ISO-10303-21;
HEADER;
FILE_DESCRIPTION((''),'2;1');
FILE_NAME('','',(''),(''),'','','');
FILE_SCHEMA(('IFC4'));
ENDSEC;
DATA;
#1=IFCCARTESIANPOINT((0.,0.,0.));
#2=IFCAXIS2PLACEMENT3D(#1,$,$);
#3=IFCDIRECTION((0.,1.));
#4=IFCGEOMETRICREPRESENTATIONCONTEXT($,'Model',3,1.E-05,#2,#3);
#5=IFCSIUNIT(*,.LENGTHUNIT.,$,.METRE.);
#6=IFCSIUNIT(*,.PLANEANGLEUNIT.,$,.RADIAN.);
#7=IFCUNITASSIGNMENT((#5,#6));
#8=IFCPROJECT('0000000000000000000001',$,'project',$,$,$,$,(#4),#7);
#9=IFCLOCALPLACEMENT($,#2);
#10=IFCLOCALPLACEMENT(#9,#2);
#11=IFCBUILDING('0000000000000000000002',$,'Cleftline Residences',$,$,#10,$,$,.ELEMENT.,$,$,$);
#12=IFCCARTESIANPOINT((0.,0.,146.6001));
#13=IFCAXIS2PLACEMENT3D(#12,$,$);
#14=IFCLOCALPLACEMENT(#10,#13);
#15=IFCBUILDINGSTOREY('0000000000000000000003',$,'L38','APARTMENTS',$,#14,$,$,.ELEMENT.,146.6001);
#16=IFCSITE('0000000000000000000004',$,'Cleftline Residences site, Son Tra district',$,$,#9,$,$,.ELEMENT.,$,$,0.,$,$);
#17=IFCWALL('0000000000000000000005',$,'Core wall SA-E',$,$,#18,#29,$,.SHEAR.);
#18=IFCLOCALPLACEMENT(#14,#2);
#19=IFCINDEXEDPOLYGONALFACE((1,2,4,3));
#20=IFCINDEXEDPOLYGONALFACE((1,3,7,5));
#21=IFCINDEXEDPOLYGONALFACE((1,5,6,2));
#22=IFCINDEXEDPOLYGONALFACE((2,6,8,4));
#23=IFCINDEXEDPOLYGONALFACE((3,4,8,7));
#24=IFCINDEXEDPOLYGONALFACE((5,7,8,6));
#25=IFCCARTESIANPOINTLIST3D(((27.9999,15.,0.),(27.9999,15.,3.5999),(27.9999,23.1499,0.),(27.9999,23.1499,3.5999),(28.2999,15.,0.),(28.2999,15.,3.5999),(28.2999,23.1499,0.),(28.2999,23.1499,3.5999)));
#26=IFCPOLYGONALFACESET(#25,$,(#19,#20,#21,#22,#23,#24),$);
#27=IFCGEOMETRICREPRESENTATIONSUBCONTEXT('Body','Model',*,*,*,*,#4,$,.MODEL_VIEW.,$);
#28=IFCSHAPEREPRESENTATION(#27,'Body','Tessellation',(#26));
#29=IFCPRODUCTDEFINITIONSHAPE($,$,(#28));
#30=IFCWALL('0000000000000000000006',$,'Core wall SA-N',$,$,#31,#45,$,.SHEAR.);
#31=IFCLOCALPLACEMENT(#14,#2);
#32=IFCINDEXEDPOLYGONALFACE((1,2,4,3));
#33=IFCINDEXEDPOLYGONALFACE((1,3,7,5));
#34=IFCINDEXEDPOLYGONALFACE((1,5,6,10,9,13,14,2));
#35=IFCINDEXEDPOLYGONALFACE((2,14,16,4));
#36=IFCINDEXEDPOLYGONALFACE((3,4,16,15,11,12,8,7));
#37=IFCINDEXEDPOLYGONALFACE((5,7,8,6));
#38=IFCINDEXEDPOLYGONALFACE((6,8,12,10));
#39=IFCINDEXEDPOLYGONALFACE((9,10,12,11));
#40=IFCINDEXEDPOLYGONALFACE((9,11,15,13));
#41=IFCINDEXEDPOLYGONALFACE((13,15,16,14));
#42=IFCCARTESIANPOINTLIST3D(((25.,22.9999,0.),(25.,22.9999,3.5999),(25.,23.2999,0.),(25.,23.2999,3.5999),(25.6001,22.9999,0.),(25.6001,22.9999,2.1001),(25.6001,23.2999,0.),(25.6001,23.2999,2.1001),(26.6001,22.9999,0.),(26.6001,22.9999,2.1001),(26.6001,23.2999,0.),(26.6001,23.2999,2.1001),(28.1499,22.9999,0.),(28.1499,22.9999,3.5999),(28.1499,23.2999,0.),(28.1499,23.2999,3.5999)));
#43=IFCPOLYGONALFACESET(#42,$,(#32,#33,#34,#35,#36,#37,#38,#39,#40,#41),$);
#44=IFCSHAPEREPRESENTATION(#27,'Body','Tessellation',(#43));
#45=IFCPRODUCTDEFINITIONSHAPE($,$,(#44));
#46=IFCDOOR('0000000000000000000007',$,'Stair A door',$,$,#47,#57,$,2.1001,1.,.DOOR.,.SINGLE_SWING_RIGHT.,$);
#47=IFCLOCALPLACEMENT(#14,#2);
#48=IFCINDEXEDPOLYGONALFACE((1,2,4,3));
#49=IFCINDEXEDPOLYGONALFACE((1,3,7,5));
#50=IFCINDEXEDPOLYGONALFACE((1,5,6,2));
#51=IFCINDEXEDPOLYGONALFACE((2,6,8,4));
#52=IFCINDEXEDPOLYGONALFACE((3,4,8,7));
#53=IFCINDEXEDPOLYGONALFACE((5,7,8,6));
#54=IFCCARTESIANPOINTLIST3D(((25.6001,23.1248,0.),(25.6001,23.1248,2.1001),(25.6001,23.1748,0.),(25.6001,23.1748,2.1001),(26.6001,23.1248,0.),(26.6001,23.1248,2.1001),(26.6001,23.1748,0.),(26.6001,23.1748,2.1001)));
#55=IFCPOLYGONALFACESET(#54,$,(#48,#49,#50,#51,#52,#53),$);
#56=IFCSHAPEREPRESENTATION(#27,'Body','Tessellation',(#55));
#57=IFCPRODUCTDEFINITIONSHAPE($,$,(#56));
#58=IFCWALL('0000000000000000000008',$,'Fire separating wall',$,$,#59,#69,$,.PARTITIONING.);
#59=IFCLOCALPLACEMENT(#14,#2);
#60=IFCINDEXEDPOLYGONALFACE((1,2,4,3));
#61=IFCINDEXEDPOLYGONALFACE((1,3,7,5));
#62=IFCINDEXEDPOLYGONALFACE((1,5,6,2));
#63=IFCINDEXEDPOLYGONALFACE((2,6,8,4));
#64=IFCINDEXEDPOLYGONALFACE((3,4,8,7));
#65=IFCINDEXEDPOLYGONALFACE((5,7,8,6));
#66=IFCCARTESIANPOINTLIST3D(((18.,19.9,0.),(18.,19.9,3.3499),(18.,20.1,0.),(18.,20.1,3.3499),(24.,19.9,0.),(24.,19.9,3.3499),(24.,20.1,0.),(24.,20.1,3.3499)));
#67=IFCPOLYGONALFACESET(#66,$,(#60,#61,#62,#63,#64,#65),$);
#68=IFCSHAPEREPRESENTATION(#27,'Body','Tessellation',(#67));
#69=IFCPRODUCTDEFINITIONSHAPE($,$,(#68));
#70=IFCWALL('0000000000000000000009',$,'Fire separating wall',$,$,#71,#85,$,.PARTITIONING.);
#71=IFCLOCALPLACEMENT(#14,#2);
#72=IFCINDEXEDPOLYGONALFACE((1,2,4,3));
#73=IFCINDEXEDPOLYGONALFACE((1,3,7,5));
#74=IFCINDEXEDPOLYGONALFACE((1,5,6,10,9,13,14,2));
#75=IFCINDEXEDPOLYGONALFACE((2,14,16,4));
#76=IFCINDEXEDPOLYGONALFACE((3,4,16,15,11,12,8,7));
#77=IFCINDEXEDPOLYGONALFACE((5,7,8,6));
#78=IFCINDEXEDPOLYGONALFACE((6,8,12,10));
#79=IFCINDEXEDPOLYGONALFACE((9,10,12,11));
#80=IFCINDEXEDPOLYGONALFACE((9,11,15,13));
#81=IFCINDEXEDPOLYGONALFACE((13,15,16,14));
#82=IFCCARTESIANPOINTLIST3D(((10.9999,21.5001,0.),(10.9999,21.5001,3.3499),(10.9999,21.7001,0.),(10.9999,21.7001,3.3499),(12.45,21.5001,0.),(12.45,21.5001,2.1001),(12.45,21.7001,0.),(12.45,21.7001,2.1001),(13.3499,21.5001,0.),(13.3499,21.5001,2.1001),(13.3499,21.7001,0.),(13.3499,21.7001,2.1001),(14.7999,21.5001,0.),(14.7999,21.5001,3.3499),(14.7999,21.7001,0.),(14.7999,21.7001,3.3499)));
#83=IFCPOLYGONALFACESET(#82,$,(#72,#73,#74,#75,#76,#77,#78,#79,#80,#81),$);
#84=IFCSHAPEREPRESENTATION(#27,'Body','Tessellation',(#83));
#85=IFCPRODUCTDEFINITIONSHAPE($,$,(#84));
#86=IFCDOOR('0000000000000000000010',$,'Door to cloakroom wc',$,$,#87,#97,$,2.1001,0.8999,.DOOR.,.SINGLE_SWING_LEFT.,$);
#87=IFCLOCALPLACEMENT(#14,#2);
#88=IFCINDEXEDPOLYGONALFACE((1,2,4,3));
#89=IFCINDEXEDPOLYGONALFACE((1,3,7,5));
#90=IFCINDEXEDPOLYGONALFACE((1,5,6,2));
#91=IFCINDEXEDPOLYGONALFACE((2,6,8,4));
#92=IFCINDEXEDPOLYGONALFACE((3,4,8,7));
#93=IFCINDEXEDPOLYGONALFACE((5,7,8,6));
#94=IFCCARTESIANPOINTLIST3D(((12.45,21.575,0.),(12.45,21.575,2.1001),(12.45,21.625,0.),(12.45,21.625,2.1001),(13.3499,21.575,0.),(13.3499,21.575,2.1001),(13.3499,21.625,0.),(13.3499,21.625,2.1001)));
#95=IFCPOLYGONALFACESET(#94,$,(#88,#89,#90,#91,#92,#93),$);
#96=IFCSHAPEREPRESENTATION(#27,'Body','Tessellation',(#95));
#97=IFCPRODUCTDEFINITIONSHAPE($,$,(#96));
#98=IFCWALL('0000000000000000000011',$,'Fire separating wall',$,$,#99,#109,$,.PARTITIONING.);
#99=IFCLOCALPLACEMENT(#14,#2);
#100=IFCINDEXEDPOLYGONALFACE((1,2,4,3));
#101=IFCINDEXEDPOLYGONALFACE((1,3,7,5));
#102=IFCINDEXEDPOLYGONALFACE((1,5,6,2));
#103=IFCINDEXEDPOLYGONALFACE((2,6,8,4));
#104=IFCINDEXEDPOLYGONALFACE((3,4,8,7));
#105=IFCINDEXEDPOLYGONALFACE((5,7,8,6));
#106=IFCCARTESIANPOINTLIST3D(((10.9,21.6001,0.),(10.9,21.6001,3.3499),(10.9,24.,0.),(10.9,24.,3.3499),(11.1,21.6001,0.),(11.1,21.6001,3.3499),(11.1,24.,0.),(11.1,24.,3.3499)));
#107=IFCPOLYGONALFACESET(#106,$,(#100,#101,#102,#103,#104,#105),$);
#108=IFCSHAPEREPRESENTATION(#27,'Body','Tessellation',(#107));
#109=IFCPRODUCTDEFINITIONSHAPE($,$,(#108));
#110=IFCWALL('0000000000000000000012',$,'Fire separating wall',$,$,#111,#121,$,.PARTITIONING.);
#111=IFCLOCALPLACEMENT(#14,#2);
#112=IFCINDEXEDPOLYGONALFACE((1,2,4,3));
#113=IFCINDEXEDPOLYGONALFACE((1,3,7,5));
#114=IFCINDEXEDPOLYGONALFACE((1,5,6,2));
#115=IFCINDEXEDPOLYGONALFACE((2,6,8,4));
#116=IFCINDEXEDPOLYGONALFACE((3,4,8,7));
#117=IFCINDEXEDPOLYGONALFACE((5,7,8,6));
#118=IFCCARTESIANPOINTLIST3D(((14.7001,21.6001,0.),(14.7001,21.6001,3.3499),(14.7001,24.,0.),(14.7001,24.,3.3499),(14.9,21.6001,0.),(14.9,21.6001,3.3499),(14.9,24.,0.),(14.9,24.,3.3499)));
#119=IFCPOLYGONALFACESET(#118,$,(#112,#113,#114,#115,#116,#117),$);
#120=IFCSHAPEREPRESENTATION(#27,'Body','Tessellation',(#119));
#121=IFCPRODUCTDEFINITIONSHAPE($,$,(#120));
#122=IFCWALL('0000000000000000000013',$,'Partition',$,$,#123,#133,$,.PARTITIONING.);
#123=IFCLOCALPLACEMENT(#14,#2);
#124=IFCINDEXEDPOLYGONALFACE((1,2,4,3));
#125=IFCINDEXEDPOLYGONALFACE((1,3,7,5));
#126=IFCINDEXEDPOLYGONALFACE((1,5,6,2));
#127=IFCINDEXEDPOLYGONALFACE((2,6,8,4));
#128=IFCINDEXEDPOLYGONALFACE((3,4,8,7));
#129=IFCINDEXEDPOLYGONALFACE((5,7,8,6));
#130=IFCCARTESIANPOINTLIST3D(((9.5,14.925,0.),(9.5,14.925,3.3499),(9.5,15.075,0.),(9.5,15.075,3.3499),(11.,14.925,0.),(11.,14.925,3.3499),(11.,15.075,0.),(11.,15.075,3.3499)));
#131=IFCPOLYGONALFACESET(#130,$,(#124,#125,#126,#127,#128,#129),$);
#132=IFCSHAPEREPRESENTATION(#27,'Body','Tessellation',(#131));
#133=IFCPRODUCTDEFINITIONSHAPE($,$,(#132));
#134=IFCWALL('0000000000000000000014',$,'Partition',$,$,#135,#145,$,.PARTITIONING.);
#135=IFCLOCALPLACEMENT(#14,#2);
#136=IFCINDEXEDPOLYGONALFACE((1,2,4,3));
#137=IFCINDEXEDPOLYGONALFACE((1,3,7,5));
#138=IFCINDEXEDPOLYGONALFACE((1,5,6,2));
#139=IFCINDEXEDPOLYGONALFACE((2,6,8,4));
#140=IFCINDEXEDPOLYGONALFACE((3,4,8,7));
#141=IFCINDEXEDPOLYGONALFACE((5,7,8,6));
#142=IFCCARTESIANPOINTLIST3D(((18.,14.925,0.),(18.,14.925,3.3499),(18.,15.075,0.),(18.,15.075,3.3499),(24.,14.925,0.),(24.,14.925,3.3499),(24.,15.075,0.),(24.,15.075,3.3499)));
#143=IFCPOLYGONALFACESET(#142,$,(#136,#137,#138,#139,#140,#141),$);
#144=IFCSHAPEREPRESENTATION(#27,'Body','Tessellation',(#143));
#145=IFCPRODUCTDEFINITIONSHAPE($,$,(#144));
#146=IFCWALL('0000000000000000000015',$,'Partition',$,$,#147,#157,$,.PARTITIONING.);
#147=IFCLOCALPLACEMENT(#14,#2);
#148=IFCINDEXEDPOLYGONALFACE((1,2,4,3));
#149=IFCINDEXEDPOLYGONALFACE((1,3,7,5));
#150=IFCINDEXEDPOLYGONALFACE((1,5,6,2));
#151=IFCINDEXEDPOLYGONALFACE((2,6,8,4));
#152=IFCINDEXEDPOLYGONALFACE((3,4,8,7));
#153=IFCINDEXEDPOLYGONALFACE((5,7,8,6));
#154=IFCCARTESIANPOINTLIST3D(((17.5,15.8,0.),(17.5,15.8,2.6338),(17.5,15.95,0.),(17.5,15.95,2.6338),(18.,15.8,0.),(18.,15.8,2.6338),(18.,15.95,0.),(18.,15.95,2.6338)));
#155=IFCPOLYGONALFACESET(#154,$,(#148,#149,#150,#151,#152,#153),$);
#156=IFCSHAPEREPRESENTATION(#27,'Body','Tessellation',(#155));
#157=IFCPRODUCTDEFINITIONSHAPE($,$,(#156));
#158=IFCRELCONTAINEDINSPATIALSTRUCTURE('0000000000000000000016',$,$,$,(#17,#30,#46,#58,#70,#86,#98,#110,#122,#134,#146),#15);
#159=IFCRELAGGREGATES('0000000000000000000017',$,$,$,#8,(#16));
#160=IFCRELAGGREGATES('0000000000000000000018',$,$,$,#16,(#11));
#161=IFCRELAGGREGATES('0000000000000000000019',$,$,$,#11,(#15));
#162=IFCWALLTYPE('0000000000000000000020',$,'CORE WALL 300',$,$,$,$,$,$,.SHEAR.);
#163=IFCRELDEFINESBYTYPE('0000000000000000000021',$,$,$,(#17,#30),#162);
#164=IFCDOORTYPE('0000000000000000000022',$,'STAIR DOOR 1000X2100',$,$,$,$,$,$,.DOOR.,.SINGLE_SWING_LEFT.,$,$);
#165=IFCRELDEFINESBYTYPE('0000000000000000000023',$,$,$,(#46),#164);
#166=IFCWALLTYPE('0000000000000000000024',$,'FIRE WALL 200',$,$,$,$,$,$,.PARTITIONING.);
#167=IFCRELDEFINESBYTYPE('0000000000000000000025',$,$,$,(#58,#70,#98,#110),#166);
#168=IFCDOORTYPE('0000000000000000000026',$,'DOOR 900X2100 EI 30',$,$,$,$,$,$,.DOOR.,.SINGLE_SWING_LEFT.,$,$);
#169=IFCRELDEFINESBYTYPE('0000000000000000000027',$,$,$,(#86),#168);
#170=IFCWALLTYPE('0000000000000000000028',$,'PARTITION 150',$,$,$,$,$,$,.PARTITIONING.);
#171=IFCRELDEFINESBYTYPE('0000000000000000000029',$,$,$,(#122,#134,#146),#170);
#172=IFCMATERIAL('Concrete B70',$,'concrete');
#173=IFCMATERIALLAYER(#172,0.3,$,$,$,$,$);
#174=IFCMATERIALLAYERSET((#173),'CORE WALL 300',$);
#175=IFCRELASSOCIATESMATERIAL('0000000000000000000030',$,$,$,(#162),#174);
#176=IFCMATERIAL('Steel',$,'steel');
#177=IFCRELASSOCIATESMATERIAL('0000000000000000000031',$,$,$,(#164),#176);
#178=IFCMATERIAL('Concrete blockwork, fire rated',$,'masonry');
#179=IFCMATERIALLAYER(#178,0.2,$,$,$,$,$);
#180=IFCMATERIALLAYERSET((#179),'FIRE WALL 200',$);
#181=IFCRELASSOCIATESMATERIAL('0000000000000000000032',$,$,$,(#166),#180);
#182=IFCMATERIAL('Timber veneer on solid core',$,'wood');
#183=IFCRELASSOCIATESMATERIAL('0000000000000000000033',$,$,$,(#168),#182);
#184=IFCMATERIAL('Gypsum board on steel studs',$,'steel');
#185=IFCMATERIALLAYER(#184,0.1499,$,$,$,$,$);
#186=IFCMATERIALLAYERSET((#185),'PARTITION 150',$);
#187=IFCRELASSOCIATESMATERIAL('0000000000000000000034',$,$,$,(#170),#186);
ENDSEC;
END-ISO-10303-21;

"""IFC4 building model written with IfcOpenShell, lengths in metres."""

from ifc_helpers import new_model, si_unit, direction, frame, frame_2d, origin, place, context, subcontext, project, spatial, rectangle, extrude, material, layer, layer_set, type_object, element, fill, save


model = new_model("IFC4")

# Units and contexts
model_context = context("Model", 3, precision=1e-05, world=origin(), true_north=direction((0.0, 1.0)))
body_context = subcontext(model_context, "Body", "Model", "MODEL_VIEW")
ifc_project = project(units=[si_unit("LENGTHUNIT", "METRE"), si_unit("PLANEANGLEUNIT", "RADIAN")], contexts=[model_context])

# Site, building, storey
site_placement = place(None, origin())
site = spatial("IfcSite", under=ifc_project, at=site_placement, Name="Cleftline Residences site, Son Tra district", CompositionType="ELEMENT", RefElevation=0.0)
building_placement = place(site_placement, origin())
building = spatial("IfcBuilding", under=site, at=building_placement, Name="Cleftline Residences", CompositionType="ELEMENT")
storey_placement = place(building_placement, frame((0.0, 0.0, 146.6001)))
storey = spatial("IfcBuildingStorey", under=building, at=storey_placement, Name="L38", Description="APARTMENTS", CompositionType="ELEMENT", Elevation=146.6001)

# Wall
ifc_material_1 = material(Name="Concrete B70", Category="concrete")
ifc_layer_1 = layer(ifc_material_1, 0.3)
ifc_layer_set_1 = layer_set([ifc_layer_1], Name="CORE WALL 300")
wall_type_1 = type_object("IfcWallType", Name="CORE WALL 300", PredefinedType="SHEAR", material=ifc_layer_set_1)
wall_1_placement = place(storey_placement, frame((28.1499, 15.0, 0.0), z_axis=(0.0, 0.0, 1.0), x_axis=(0.0, 1.0, 0.0)))
element("IfcWall", 1, at=wall_1_placement, inside=storey, type_object=wall_type_1, Name="Core wall SA-E", PredefinedType="SHEAR", context=body_context, shape_type="SweptSolid", body=[
    extrude(rectangle(XDim=8.1499, YDim=0.3, at=frame_2d((4.075, 0.0))), origin(), (0.0, 0.0, 1.0), 3.5999),
])

# Wall, opening, door
wall_2_placement = place(storey_placement, frame((25.0, 23.1499, 0.0), z_axis=(0.0, 0.0, 1.0), x_axis=(1.0, 0.0, 0.0)))
wall_2 = element("IfcWall", 2, at=wall_2_placement, inside=storey, type_object=wall_type_1, Name="Core wall SA-N", PredefinedType="SHEAR", context=body_context, shape_type="SweptSolid", body=[
    extrude(rectangle(XDim=3.1499, YDim=0.3, at=frame_2d((1.575, 0.0))), origin(), (0.0, 0.0, 1.0), 3.5999),
])
opening_1_placement = place(wall_2_placement, frame((0.6001, 0.0, 0.0)))
opening_1 = element("IfcOpeningElement", 3, at=opening_1_placement, cuts=wall_2, PredefinedType="OPENING", context=body_context, shape_type="SweptSolid", body=[
    extrude(rectangle(XDim=1.0, YDim=2.1001, at=frame_2d((0.5, 1.05))), frame((0.0, 0.1599, 0.0), z_axis=(0.0, -1.0, 0.0), x_axis=(1.0, 0.0, 0.0)), (0.0, 0.0, 1.0), 0.3201),
])
ifc_material_2 = material(Name="Steel", Category="steel")
door_type_1 = type_object("IfcDoorType", Name="STAIR DOOR 1000X2100", OperationType="SINGLE_SWING_LEFT", PredefinedType="DOOR", material=ifc_material_2)
door_1_placement = place(opening_1_placement, origin())
door_1 = element("IfcDoor", 4, at=door_1_placement, inside=storey, type_object=door_type_1, Name="Stair A door", OperationType="SINGLE_SWING_RIGHT", OverallHeight=2.1001, OverallWidth=1.0, PredefinedType="DOOR", context=body_context, shape_type="SweptSolid", body=[
    extrude(rectangle(XDim=1.0, YDim=2.1001, at=frame_2d((0.5, 1.05))), frame((0.0, 0.0249, 0.0), z_axis=(0.0, -1.0, 0.0), x_axis=(1.0, 0.0, 0.0)), (0.0, 0.0, 1.0), 0.05),
])
fill(opening_1, door_1)

# Wall
ifc_material_3 = material(Name="Concrete blockwork, fire rated", Category="masonry")
ifc_layer_2 = layer(ifc_material_3, 0.2)
ifc_layer_set_2 = layer_set([ifc_layer_2], Name="FIRE WALL 200")
wall_type_2 = type_object("IfcWallType", Name="FIRE WALL 200", PredefinedType="PARTITIONING", material=ifc_layer_set_2)
wall_3_placement = place(storey_placement, frame((18.0, 20.0, 0.0), z_axis=(0.0, 0.0, 1.0), x_axis=(1.0, 0.0, 0.0)))
element("IfcWall", 5, at=wall_3_placement, inside=storey, type_object=wall_type_2, Name="Fire separating wall", PredefinedType="PARTITIONING", context=body_context, shape_type="SweptSolid", body=[
    extrude(rectangle(XDim=6.0, YDim=0.2, at=frame_2d((3.0, 0.0))), origin(), (0.0, 0.0, 1.0), 3.3499),
])

# Wall, opening, door
wall_4_placement = place(storey_placement, frame((11.0, 21.6001, 0.0), z_axis=(0.0, 0.0, 1.0), x_axis=(1.0, 0.0, 0.0)))
wall_4 = element("IfcWall", 6, at=wall_4_placement, inside=storey, type_object=wall_type_2, Name="Fire separating wall", PredefinedType="PARTITIONING", context=body_context, shape_type="SweptSolid", body=[
    extrude(rectangle(XDim=3.8, YDim=0.2, at=frame_2d((1.8999, 0.0))), origin(), (0.0, 0.0, 1.0), 3.3499),
])
opening_2_placement = place(wall_4_placement, frame((1.45, 0.0, 0.0)))
opening_2 = element("IfcOpeningElement", 7, at=opening_2_placement, cuts=wall_4, PredefinedType="OPENING", context=body_context, shape_type="SweptSolid", body=[
    extrude(rectangle(XDim=0.8999, YDim=2.1001, at=frame_2d((0.45, 1.05))), frame((0.0, 0.1099, 0.0), z_axis=(0.0, -1.0, 0.0), x_axis=(1.0, 0.0, 0.0)), (0.0, 0.0, 1.0), 0.22),
])
ifc_material_4 = material(Name="Timber veneer on solid core", Category="wood")
door_type_2 = type_object("IfcDoorType", Name="DOOR 900X2100 EI 30", OperationType="SINGLE_SWING_LEFT", PredefinedType="DOOR", material=ifc_material_4)
door_2_placement = place(opening_2_placement, origin())
door_2 = element("IfcDoor", 8, at=door_2_placement, inside=storey, type_object=door_type_2, Name="Door to cloakroom wc", OperationType="SINGLE_SWING_LEFT", OverallHeight=2.1001, OverallWidth=0.8999, PredefinedType="DOOR", context=body_context, shape_type="SweptSolid", body=[
    extrude(rectangle(XDim=0.8999, YDim=2.1001, at=frame_2d((0.45, 1.05))), frame((0.0, 0.0249, 0.0), z_axis=(0.0, -1.0, 0.0), x_axis=(1.0, 0.0, 0.0)), (0.0, 0.0, 1.0), 0.05),
])
fill(opening_2, door_2)

# Walls
for number, where, z_axis, x_axis, name in (
    (9, (11.0, 21.6001, 0.0), (0.0, 0.0, 1.0), (0.0, 1.0, 0.0), "Fire separating wall"),
    (10, (14.8, 21.6001, 0.0), (0.0, 0.0, 1.0), (0.0, 1.0, 0.0), "Fire separating wall"),
):
    element("IfcWall", number, at=place(storey_placement, frame(where, z_axis=z_axis, x_axis=x_axis)), inside=storey, type_object=wall_type_2, Name=name, PredefinedType="PARTITIONING", context=body_context, shape_type="SweptSolid", body=[
        extrude(rectangle(XDim=2.3999, YDim=0.2, at=frame_2d((1.2, 0.0))), origin(), (0.0, 0.0, 1.0), 3.3499),
    ])

# Walls
ifc_material_5 = material(Name="Gypsum board on steel studs", Category="steel")
ifc_layer_3 = layer(ifc_material_5, 0.1499)
ifc_layer_set_3 = layer_set([ifc_layer_3], Name="PARTITION 150")
wall_type_3 = type_object("IfcWallType", Name="PARTITION 150", PredefinedType="PARTITIONING", material=ifc_layer_set_3)
wall_5_placement = place(storey_placement, frame((9.5, 15.0, 0.0), z_axis=(0.0, 0.0, 1.0), x_axis=(1.0, 0.0, 0.0)))
element("IfcWall", 11, at=wall_5_placement, inside=storey, type_object=wall_type_3, Name="Partition", PredefinedType="PARTITIONING", context=body_context, shape_type="SweptSolid", body=[
    extrude(rectangle(XDim=1.5, YDim=0.1499, at=frame_2d((0.75, 0.0))), origin(), (0.0, 0.0, 1.0), 3.3499),
])
wall_6_placement = place(storey_placement, frame((18.0, 15.0, 0.0), z_axis=(0.0, 0.0, 1.0), x_axis=(1.0, 0.0, 0.0)))
element("IfcWall", 12, at=wall_6_placement, inside=storey, type_object=wall_type_3, Name="Partition", PredefinedType="PARTITIONING", context=body_context, shape_type="SweptSolid", body=[
    extrude(rectangle(XDim=6.0, YDim=0.1499, at=frame_2d((3.0, 0.0))), origin(), (0.0, 0.0, 1.0), 3.3499),
])
wall_7_placement = place(storey_placement, frame((17.5, 15.875, 0.0), z_axis=(0.0, 0.0, 1.0), x_axis=(1.0, 0.0, 0.0)))
element("IfcWall", 13, at=wall_7_placement, inside=storey, type_object=wall_type_3, Name="Partition", PredefinedType="PARTITIONING", context=body_context, shape_type="SweptSolid", body=[
    extrude(rectangle(XDim=0.5, YDim=0.1499, at=frame_2d((0.25, 0.0))), origin(), (0.0, 0.0, 1.0), 2.6338),
])

save(model, "model.ifc")
